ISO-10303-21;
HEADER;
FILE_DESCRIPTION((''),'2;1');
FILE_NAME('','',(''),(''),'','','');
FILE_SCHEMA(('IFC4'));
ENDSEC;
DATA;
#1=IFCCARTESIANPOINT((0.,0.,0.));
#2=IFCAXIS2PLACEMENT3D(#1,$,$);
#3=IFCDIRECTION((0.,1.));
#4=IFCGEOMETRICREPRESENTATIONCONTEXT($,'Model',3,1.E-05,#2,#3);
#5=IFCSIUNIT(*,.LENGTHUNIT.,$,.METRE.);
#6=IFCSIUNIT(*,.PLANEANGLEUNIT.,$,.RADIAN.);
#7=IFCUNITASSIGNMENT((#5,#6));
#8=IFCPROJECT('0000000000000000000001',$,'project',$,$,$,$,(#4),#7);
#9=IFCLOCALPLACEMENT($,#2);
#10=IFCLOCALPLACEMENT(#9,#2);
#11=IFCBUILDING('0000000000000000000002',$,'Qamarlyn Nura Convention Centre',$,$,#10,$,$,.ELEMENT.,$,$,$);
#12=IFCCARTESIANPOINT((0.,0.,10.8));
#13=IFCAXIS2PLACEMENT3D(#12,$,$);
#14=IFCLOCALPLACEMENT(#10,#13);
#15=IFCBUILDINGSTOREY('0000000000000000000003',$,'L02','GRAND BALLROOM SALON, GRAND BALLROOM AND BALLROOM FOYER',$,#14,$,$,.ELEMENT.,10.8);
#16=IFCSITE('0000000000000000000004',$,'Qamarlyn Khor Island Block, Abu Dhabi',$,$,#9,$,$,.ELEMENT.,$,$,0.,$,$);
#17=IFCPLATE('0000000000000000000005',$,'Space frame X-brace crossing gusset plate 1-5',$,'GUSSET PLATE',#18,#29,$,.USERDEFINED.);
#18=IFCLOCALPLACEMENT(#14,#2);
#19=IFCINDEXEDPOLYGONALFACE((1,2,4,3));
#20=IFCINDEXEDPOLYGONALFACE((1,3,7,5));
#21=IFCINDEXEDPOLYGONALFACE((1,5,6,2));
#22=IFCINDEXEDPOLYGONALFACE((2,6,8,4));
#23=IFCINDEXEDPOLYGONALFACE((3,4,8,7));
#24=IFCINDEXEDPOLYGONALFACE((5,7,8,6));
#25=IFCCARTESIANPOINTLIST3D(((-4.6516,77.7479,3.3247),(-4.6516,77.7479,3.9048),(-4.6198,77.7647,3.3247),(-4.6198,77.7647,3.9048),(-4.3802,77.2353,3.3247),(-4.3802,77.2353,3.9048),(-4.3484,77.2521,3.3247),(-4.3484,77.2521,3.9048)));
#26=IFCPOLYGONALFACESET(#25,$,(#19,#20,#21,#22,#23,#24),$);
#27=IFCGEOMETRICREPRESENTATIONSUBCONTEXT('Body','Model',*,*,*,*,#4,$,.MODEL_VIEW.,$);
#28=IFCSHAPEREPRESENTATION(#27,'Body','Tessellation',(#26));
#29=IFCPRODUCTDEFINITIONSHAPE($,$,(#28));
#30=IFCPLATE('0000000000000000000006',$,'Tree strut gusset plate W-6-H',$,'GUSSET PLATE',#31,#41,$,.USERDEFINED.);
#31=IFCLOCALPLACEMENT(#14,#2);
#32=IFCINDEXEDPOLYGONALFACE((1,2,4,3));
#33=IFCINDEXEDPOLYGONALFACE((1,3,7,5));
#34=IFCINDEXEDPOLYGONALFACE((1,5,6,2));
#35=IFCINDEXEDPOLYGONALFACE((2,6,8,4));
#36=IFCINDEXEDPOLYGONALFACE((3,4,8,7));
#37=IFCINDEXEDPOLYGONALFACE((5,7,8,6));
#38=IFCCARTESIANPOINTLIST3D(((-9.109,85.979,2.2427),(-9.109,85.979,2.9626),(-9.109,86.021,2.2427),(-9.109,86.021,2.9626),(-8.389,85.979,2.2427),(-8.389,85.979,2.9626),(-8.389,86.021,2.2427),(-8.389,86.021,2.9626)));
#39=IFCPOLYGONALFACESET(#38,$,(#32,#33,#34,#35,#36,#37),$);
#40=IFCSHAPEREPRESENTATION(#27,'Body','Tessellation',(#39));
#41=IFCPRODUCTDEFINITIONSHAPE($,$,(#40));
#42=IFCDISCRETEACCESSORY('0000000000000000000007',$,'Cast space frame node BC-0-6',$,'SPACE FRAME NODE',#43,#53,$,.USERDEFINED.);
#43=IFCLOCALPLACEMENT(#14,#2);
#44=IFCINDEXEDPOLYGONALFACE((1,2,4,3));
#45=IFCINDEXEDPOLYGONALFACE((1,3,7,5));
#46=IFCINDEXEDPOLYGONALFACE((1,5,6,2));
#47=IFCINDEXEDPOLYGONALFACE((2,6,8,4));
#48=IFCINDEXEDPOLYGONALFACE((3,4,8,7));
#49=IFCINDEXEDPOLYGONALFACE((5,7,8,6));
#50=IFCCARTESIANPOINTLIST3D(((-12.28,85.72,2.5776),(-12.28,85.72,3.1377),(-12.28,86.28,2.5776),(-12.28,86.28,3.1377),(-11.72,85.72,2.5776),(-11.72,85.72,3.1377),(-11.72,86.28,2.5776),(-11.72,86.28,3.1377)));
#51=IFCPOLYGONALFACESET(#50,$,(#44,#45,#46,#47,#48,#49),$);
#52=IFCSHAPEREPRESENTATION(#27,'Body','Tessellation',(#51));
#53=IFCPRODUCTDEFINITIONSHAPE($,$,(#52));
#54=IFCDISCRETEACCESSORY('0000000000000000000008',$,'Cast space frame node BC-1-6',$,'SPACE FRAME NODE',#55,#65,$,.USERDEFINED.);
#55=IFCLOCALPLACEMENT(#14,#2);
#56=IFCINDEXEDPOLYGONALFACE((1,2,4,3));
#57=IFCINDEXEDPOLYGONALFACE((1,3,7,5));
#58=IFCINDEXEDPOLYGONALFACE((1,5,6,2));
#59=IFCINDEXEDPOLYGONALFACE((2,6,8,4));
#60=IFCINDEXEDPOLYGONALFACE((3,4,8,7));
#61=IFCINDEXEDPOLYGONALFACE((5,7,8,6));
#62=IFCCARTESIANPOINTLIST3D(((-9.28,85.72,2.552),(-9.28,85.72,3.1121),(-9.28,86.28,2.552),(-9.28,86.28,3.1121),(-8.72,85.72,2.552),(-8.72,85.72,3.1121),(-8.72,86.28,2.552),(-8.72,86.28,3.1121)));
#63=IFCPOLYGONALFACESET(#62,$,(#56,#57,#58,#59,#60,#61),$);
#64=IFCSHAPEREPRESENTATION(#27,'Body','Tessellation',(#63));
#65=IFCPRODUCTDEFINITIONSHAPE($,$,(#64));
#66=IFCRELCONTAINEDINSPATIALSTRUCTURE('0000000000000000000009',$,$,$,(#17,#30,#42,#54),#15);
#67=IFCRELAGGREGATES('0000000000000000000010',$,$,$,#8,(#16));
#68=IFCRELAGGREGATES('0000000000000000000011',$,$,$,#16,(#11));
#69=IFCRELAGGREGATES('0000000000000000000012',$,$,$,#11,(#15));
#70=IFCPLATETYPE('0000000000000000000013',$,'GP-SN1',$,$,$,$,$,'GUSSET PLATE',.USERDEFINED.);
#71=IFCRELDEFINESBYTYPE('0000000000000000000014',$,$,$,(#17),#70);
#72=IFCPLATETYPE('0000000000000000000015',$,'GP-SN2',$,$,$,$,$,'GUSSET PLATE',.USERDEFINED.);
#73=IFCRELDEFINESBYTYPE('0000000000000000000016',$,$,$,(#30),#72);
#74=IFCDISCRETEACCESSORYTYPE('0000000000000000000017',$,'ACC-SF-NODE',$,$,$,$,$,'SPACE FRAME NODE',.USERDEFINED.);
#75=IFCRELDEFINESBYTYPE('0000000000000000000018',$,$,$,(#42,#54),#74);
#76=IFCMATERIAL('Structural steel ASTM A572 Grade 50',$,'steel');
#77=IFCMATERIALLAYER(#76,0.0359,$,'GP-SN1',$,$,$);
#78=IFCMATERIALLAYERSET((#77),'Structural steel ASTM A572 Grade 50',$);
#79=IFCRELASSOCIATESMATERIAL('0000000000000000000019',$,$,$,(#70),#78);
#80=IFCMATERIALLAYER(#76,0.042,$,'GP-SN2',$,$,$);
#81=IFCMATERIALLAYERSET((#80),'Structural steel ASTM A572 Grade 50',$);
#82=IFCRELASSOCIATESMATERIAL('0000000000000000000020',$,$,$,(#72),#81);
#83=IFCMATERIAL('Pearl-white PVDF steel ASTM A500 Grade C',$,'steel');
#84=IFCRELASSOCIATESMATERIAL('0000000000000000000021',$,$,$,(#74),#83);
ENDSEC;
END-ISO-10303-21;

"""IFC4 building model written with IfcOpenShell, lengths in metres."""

from ifc_helpers import new_model, si_unit, direction, frame, origin, origin_2d, place, context, subcontext, project, spatial, rectangle, extrude, material, layer, layer_set, type_object, element, save


model = new_model("IFC4")

# Units and contexts
model_context = context("Model", 3, precision=1e-05, world=origin(), true_north=direction((0.0, 1.0)))
body_context = subcontext(model_context, "Body", "Model", "MODEL_VIEW")
ifc_project = project(units=[si_unit("LENGTHUNIT", "METRE"), si_unit("PLANEANGLEUNIT", "RADIAN")], contexts=[model_context])

# Site, building, storey
site_placement = place(None, origin())
site = spatial("IfcSite", under=ifc_project, at=site_placement, Name="Qamarlyn Khor Island Block, Abu Dhabi", CompositionType="ELEMENT", RefElevation=0.0)
building_placement = place(site_placement, origin())
building = spatial("IfcBuilding", under=site, at=building_placement, Name="Qamarlyn Nura Convention Centre", CompositionType="ELEMENT")
storey_placement = place(building_placement, frame((0.0, 0.0, 10.8)))
storey = spatial("IfcBuildingStorey", under=building, at=storey_placement, Name="L02", Description="GRAND BALLROOM SALON, GRAND BALLROOM AND BALLROOM FOYER", CompositionType="ELEMENT", Elevation=10.8)

# Shared definitions
ifc_material_1 = material(Name="Pearl-white PVDF steel ASTM A500 Grade C", Category="steel")

# Plates
ifc_material_2 = material(Name="Structural steel ASTM A572 Grade 50", Category="steel")
ifc_layer_1 = layer(ifc_material_2, 0.0359, Name="GP-SN1")
ifc_layer_set_1 = layer_set([ifc_layer_1], Name="Structural steel ASTM A572 Grade 50")
plate_type_1 = type_object("IfcPlateType", Name="GP-SN1", ElementType="GUSSET PLATE", PredefinedType="USERDEFINED", material=ifc_layer_set_1)
for number, where, z_axis, x_axis, name in (
    (1, (-4.5, 77.5, 3.3247), (0.0, 0.0, 1.0), (-0.467888, 0.883788, 0.0), "Space frame X-brace crossing gusset plate 1-5"),
):
    element("IfcPlate", number, at=place(storey_placement, frame(where, z_axis=z_axis, x_axis=x_axis)), inside=storey, type_object=plate_type_1, Name=name, ObjectType="GUSSET PLATE", PredefinedType="USERDEFINED", context=body_context, shape_type="SweptSolid", body=[
        extrude(rectangle(XDim=0.5801, YDim=0.0359, at=origin_2d()), origin(), (0.0, 0.0, 1.0), 0.5801),
    ])
ifc_layer_2 = layer(ifc_material_2, 0.042, Name="GP-SN2")
ifc_layer_set_2 = layer_set([ifc_layer_2], Name="Structural steel ASTM A572 Grade 50")
plate_type_2 = type_object("IfcPlateType", Name="GP-SN2", ElementType="GUSSET PLATE", PredefinedType="USERDEFINED", material=ifc_layer_set_2)
plate_1_placement = place(storey_placement, frame((-8.749, 86.0, 2.2427), z_axis=(0.0, 0.0, 1.0), x_axis=(1.0, 0.0, 0.0)))
element("IfcPlate", 2, at=plate_1_placement, inside=storey, type_object=plate_type_2, Name="Tree strut gusset plate W-6-H", ObjectType="GUSSET PLATE", PredefinedType="USERDEFINED", context=body_context, shape_type="SweptSolid", body=[
    extrude(rectangle(XDim=0.72, YDim=0.042, at=origin_2d()), origin(), (0.0, 0.0, 1.0), 0.72),
])

# Discrete accessories
discrete_accessory_type = type_object("IfcDiscreteAccessoryType", Name="ACC-SF-NODE", ElementType="SPACE FRAME NODE", PredefinedType="USERDEFINED", material=ifc_material_1)
for number, where, z_axis, x_axis, name in (
    (3, (-12.0, 86.0, 2.5776), (0.0, 0.0, 1.0), (1.0, 0.0, 0.0), "Cast space frame node BC-0-6"),
    (4, (-9.0, 86.0, 2.552), (0.0, 0.0, 1.0), (1.0, 0.0, 0.0), "Cast space frame node BC-1-6"),
):
    element("IfcDiscreteAccessory", number, at=place(storey_placement, frame(where, z_axis=z_axis, x_axis=x_axis)), inside=storey, type_object=discrete_accessory_type, Name=name, ObjectType="SPACE FRAME NODE", PredefinedType="USERDEFINED", context=body_context, shape_type="SweptSolid", body=[
        extrude(rectangle(XDim=0.5601, YDim=0.5601, at=origin_2d()), origin(), (0.0, 0.0, 1.0), 0.5601),
    ])

save(model, "model.ifc")
